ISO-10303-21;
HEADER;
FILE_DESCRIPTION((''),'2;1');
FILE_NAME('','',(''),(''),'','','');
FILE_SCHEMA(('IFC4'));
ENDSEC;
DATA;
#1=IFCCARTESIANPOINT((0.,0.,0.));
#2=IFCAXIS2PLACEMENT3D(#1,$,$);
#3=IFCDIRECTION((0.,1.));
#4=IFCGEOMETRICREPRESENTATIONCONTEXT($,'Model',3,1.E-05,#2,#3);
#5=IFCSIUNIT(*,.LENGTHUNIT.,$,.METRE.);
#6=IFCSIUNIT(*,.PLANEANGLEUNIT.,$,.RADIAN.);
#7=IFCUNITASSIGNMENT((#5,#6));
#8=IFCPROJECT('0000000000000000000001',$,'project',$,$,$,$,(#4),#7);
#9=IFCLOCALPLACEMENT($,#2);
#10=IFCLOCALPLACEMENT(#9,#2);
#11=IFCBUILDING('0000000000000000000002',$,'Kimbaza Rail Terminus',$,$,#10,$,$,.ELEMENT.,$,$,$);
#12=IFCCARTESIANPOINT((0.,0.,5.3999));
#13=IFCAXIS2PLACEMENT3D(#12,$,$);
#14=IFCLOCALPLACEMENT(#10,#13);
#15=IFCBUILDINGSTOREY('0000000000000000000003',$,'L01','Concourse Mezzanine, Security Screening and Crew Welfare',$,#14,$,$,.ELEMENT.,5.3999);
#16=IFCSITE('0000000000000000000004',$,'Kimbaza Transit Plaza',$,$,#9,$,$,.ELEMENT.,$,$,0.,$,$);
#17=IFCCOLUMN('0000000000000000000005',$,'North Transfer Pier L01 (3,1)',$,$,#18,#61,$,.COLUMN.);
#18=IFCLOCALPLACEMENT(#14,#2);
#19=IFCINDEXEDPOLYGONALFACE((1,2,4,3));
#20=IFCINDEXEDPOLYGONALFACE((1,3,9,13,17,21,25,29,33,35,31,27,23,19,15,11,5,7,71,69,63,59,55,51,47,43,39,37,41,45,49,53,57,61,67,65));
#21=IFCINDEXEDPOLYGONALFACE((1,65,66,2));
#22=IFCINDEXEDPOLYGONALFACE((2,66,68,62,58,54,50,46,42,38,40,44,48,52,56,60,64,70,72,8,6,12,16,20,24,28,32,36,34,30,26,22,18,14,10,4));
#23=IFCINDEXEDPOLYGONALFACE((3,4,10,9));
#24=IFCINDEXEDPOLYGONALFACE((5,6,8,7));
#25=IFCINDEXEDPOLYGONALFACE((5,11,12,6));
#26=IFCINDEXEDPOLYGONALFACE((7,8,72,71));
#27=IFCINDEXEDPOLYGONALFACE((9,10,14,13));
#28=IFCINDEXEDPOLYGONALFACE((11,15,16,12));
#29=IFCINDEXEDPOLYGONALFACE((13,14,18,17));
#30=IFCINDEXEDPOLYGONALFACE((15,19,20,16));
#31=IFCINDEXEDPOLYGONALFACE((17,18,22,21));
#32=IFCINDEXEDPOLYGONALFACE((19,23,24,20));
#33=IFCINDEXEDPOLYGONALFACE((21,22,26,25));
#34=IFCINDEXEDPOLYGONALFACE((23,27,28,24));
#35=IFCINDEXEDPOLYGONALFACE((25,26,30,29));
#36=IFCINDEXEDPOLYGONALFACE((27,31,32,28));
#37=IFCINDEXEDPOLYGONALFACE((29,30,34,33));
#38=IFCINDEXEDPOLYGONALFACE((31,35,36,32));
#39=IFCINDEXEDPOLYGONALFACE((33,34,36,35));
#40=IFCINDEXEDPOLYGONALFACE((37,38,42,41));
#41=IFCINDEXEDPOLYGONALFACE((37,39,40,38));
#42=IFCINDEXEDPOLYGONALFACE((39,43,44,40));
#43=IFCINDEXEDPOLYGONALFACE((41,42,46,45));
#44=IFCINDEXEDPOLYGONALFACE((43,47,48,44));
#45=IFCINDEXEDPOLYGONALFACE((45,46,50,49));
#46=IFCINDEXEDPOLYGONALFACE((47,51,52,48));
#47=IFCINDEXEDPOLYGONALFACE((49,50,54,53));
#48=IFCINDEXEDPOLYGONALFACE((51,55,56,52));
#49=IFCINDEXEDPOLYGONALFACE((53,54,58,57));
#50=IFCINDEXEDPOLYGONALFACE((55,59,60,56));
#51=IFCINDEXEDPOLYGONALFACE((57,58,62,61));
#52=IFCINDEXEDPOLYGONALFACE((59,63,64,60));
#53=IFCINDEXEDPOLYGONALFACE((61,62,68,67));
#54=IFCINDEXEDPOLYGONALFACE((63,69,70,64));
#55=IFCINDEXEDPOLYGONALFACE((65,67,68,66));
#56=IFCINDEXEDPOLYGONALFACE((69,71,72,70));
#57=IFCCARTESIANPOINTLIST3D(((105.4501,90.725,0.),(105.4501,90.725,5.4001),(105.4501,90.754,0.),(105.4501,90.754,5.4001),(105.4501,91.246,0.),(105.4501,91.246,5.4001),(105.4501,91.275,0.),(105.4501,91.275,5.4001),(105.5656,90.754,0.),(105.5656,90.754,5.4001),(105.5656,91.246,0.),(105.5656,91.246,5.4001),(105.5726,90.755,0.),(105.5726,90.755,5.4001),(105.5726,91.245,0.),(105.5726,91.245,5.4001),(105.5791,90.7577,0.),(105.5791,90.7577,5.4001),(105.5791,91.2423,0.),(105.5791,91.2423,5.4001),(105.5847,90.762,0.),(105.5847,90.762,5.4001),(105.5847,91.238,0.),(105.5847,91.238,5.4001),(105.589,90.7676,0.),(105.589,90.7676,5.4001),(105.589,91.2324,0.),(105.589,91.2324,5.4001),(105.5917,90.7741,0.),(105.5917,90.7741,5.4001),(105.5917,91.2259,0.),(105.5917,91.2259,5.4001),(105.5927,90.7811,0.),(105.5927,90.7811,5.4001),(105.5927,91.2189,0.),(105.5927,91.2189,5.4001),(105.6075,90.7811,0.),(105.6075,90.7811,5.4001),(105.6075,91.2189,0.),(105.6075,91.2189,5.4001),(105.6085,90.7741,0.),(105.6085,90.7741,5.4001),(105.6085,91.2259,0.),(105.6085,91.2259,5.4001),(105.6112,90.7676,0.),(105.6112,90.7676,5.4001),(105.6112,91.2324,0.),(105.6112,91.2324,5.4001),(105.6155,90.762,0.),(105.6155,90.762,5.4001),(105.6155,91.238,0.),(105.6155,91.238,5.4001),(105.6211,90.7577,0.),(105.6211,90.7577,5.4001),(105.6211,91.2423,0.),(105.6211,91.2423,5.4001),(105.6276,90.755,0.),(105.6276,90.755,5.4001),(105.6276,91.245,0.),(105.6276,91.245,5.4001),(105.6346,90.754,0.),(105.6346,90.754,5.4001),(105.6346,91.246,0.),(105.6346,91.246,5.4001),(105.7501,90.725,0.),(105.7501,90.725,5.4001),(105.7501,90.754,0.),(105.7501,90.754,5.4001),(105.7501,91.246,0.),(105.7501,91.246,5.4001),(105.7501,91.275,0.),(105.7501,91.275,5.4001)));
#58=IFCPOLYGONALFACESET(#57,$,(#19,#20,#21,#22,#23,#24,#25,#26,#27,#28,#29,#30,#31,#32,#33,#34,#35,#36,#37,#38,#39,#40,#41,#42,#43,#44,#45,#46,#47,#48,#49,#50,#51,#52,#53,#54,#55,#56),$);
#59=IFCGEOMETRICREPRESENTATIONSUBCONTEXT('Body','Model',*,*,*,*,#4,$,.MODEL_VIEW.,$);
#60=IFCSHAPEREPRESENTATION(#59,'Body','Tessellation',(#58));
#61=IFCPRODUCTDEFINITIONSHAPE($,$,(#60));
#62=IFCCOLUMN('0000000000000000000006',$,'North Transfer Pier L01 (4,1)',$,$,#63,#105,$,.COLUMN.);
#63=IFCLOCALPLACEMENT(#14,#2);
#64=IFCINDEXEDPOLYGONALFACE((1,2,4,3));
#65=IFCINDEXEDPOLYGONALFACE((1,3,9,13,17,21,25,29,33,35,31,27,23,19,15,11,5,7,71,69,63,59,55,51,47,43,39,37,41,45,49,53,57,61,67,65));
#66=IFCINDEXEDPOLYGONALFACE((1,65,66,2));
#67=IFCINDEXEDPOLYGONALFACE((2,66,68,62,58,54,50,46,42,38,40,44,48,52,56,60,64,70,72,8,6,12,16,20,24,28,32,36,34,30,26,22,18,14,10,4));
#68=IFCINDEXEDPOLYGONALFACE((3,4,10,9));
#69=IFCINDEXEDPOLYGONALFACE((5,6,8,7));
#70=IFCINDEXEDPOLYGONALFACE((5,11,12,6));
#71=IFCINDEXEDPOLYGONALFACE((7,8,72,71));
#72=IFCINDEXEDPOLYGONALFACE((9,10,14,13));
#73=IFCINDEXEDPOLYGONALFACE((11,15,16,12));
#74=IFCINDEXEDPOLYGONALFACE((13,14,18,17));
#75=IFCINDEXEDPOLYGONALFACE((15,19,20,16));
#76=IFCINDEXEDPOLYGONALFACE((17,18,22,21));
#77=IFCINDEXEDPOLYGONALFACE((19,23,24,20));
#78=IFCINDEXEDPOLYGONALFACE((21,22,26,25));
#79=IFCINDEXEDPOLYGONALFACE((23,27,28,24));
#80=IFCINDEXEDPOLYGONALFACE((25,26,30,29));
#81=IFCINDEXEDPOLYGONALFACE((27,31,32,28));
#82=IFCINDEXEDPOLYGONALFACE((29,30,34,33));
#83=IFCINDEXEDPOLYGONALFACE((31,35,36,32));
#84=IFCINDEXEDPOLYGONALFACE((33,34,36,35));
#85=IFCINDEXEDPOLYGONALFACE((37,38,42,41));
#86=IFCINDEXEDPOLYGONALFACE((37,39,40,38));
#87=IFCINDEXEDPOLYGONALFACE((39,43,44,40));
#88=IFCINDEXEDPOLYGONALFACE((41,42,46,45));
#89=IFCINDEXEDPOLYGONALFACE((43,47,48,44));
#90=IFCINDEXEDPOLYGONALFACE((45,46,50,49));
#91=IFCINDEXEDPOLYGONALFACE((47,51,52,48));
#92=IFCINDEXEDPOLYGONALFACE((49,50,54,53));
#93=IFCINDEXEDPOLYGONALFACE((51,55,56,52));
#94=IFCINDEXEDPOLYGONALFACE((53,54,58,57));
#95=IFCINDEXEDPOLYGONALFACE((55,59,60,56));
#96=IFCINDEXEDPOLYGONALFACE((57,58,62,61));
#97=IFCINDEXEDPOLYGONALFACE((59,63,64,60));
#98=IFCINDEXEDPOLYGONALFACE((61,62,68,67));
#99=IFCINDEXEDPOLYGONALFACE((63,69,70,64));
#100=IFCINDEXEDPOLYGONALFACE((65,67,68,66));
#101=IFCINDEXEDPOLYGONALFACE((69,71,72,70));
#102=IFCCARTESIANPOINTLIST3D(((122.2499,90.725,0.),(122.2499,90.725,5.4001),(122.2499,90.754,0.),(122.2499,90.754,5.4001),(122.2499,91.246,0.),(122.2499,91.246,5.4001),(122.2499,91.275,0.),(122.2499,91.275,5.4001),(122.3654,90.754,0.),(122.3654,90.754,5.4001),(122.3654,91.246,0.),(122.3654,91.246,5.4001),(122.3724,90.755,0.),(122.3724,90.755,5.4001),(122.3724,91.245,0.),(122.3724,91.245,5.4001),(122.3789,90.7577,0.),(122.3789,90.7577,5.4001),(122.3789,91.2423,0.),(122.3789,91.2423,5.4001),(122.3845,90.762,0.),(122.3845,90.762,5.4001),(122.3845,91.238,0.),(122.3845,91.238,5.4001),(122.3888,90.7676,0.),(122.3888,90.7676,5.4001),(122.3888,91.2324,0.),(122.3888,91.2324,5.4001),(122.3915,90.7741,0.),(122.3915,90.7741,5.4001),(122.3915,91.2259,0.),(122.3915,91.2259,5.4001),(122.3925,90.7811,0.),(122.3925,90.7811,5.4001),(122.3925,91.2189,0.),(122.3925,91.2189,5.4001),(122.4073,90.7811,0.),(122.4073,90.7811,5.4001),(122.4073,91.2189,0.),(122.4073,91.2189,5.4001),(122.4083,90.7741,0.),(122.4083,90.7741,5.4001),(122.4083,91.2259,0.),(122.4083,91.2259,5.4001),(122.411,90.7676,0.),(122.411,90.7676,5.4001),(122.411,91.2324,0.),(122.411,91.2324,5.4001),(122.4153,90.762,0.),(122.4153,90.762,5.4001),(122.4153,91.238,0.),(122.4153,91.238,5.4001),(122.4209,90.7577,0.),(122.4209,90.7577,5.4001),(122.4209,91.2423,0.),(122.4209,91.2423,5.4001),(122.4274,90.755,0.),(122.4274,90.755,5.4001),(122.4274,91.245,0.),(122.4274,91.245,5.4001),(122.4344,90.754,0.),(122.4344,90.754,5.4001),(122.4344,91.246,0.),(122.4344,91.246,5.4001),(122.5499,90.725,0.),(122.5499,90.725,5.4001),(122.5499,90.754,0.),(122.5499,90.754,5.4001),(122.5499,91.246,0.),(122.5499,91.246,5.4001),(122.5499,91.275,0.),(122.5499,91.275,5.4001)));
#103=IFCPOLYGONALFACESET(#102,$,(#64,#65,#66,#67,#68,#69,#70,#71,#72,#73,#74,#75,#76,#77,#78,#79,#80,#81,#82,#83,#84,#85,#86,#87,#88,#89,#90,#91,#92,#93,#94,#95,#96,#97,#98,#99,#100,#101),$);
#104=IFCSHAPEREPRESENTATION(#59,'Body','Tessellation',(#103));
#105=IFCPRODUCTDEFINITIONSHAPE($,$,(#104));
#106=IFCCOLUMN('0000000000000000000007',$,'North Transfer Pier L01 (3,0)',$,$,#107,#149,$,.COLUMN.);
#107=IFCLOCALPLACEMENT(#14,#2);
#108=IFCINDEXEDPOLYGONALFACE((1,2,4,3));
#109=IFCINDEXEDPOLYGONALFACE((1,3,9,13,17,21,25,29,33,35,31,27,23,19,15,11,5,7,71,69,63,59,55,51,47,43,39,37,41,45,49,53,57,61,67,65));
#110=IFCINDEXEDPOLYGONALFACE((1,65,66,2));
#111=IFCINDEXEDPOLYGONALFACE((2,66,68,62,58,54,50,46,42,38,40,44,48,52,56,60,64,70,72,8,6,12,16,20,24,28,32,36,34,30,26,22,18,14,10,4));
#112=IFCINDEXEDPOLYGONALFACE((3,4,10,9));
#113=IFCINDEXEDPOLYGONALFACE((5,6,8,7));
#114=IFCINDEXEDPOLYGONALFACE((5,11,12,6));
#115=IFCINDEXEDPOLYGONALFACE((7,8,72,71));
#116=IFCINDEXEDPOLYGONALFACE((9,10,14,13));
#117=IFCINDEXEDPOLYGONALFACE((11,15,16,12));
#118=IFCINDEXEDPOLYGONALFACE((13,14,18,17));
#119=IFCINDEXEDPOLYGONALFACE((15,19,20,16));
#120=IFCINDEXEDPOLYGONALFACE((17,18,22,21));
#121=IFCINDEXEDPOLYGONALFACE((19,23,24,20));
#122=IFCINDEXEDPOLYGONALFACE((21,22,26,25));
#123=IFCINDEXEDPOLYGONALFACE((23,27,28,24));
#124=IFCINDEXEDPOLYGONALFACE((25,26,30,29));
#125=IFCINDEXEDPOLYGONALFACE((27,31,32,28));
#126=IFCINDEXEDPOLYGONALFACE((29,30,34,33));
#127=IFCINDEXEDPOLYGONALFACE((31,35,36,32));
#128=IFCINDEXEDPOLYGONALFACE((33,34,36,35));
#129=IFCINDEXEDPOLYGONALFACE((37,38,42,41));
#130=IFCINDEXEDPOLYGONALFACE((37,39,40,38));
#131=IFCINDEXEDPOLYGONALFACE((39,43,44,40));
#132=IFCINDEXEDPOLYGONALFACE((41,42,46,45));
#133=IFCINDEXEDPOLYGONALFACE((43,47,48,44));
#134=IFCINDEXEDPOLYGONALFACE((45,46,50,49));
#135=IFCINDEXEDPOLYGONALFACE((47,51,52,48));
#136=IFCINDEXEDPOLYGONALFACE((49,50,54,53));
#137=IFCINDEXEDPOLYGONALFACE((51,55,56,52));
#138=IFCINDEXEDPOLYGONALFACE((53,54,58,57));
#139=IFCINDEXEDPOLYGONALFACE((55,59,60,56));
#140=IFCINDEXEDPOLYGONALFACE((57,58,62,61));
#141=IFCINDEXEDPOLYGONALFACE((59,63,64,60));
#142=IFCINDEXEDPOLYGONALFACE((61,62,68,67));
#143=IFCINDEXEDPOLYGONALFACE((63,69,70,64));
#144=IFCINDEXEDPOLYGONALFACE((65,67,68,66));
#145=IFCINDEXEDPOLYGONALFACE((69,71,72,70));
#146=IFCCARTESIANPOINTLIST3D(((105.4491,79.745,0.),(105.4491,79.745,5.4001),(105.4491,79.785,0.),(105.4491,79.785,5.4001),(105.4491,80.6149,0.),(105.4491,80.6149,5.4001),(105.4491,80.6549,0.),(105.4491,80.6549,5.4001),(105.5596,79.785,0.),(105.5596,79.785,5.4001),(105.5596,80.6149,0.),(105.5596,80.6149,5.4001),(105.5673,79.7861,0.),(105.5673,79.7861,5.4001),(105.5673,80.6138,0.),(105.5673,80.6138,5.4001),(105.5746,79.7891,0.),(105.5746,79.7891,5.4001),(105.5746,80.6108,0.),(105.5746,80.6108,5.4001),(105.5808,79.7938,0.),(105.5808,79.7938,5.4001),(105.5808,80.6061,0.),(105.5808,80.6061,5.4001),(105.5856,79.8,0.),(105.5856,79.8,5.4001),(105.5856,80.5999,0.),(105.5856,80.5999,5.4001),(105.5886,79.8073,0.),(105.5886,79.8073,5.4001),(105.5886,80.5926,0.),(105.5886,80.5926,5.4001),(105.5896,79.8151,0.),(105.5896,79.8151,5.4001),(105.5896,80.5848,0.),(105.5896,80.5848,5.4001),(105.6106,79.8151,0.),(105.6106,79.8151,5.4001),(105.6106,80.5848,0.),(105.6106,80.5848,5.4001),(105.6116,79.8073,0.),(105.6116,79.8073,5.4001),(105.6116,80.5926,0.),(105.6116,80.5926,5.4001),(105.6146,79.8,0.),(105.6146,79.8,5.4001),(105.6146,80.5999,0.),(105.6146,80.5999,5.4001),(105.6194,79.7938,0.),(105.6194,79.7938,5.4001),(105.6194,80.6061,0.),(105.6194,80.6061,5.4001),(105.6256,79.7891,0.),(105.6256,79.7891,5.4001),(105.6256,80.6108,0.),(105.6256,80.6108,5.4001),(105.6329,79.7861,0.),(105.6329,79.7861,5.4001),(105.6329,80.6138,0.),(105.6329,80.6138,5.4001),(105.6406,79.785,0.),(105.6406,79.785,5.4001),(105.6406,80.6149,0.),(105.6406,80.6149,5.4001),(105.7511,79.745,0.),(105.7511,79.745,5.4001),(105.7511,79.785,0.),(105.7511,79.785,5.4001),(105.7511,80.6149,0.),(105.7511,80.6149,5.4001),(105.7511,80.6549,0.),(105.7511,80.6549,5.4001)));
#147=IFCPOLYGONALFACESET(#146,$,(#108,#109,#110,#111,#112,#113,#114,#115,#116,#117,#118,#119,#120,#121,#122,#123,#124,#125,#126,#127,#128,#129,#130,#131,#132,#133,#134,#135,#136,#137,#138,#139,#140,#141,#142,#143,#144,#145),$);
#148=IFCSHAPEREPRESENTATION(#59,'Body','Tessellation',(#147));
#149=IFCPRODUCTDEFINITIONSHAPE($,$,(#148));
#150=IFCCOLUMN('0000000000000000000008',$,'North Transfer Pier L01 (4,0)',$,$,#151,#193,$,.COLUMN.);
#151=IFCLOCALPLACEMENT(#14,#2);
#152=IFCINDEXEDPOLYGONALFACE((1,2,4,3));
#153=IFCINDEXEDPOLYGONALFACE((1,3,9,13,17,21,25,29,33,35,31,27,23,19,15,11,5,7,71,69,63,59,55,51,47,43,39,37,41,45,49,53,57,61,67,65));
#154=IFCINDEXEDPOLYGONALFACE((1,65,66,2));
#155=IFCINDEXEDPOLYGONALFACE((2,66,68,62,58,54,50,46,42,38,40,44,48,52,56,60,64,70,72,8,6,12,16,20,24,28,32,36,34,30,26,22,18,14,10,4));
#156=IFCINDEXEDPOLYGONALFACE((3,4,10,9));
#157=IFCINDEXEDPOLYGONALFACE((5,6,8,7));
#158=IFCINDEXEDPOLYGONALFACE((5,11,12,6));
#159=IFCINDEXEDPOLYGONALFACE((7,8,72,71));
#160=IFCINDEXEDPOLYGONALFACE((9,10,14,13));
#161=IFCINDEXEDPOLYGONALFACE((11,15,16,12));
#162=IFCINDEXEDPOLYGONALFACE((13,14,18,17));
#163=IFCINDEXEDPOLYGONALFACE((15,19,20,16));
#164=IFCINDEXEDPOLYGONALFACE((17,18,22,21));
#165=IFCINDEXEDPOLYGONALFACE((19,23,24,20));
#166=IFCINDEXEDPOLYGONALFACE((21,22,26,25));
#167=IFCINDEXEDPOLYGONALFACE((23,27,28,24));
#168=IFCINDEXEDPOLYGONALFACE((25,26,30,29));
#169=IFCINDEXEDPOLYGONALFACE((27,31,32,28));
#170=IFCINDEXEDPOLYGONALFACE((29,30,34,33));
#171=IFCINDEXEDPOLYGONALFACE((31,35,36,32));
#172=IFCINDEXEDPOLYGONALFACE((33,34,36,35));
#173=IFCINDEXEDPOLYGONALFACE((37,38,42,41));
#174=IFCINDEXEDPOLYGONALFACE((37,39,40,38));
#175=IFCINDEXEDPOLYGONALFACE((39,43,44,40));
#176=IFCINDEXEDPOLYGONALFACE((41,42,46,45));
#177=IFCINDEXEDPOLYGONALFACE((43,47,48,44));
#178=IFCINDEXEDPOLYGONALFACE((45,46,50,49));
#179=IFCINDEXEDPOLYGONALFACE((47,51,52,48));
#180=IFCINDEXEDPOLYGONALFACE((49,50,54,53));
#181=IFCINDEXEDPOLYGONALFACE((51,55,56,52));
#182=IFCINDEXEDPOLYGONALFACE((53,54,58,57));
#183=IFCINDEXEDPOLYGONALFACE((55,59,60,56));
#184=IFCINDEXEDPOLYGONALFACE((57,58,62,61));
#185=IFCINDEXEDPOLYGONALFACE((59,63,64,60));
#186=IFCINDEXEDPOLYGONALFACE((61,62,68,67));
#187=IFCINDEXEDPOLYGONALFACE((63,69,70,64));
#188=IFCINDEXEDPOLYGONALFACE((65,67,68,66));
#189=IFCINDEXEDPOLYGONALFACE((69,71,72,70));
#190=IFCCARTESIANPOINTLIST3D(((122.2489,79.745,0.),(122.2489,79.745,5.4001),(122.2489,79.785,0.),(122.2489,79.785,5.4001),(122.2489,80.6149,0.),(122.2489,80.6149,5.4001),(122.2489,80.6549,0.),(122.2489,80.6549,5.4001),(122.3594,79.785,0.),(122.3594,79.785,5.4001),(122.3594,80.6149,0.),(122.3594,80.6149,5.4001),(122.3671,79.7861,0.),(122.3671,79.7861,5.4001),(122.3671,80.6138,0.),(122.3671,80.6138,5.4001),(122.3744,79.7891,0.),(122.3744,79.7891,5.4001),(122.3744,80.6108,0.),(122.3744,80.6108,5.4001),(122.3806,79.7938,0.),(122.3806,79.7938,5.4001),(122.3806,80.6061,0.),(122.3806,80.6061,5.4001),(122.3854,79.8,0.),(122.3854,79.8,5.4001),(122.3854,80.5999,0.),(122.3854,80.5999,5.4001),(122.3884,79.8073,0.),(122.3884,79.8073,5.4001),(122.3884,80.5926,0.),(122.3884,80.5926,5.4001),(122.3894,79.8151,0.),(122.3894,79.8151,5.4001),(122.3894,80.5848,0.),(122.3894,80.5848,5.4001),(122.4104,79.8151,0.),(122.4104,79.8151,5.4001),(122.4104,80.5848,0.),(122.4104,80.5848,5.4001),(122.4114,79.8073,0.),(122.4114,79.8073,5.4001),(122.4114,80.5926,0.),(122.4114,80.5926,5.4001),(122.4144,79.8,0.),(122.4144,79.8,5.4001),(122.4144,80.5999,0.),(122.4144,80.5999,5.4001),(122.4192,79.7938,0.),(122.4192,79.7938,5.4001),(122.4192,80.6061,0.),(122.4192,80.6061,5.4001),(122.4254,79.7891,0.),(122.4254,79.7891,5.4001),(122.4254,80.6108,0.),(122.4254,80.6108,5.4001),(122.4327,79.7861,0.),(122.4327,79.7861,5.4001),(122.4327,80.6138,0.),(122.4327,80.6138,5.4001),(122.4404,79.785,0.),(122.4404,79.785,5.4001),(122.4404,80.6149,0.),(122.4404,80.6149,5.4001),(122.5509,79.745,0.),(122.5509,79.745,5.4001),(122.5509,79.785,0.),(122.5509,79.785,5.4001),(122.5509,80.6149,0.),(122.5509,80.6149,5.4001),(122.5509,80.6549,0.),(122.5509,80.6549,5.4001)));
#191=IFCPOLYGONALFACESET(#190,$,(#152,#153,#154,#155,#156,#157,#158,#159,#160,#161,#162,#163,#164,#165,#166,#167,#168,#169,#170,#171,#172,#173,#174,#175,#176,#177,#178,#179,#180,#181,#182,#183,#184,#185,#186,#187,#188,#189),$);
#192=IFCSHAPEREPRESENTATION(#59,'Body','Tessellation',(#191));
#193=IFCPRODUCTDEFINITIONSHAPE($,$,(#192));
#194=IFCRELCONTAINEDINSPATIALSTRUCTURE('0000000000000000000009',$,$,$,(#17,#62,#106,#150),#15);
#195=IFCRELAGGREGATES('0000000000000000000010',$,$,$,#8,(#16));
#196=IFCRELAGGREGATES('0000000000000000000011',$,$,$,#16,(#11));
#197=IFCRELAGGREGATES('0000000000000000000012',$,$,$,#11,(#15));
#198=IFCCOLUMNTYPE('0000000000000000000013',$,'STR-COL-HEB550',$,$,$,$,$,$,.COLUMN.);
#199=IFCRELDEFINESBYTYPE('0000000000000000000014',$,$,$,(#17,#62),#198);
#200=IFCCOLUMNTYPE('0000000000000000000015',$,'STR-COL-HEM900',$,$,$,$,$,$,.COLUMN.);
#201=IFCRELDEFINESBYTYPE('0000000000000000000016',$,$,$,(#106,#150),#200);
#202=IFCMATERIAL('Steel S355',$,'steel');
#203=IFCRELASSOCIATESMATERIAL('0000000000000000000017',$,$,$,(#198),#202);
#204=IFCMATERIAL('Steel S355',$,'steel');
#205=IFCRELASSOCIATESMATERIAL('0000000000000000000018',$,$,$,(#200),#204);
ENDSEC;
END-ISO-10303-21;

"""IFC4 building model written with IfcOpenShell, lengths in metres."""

from ifc_helpers import new_model, si_unit, direction, frame, origin, origin_2d, place, context, subcontext, project, spatial, i_section, extrude, material, material_profile, profile_set, type_object, element, save


model = new_model("IFC4")

# Units and contexts
model_context = context("Model", 3, precision=1e-05, world=origin(), true_north=direction((0.0, 1.0)))
body_context = subcontext(model_context, "Body", "Model", "MODEL_VIEW")
ifc_project = project(units=[si_unit("LENGTHUNIT", "METRE"), si_unit("PLANEANGLEUNIT", "RADIAN")], contexts=[model_context])

# Site, building, storey
site_placement = place(None, origin())
site = spatial("IfcSite", under=ifc_project, at=site_placement, Name="Kimbaza Transit Plaza", CompositionType="ELEMENT", RefElevation=0.0)
building_placement = place(site_placement, origin())
building = spatial("IfcBuilding", under=site, at=building_placement, Name="Kimbaza Rail Terminus", CompositionType="ELEMENT")
storey_placement = place(building_placement, frame((0.0, 0.0, 5.3999)))
storey = spatial("IfcBuildingStorey", under=building, at=storey_placement, Name="L01", Description="Concourse Mezzanine, Security Screening and Crew Welfare", CompositionType="ELEMENT", Elevation=5.3999)

# Columns
ifc_material_1 = material(Name="Steel S355", Category="steel")
ifc_material_profile_1 = material_profile(ifc_material_1, i_section(OverallWidth=0.3, OverallDepth=0.55, WebThickness=0.0149, FlangeThickness=0.0291, FilletRadius=0.0271, at=origin_2d()), Name="HEB 550")
ifc_profile_set_1 = profile_set([ifc_material_profile_1], Name="Steel S355")
column_type_1 = type_object("IfcColumnType", Name="STR-COL-HEB550", PredefinedType="COLUMN", material=ifc_profile_set_1)
for number, where, z_axis, x_axis, name in (
    (1, (105.6001, 91.0, 0.0), (0.0, 0.0, 1.0), (1.0, 0.0, 0.0), "North Transfer Pier L01 (3,1)"),
    (2, (122.3999, 91.0, 0.0), (0.0, 0.0, 1.0), (1.0, 0.0, 0.0), "North Transfer Pier L01 (4,1)"),
):
    element("IfcColumn", number, at=place(storey_placement, frame(where, z_axis=z_axis, x_axis=x_axis)), inside=storey, type_object=column_type_1, Name=name, PredefinedType="COLUMN", context=body_context, shape_type="SweptSolid", body=[
        extrude(i_section(OverallWidth=0.3, OverallDepth=0.55, WebThickness=0.0149, FlangeThickness=0.0291, FilletRadius=0.0271, at=origin_2d()), origin(), (0.0, 0.0, 1.0), 5.4001),
    ])
ifc_material_2 = material(Name="Steel S355", Category="steel")
ifc_material_profile_2 = material_profile(ifc_material_2, i_section(OverallWidth=0.302, OverallDepth=0.9099, WebThickness=0.021, FlangeThickness=0.04, FilletRadius=0.03, at=origin_2d()), Name="HEM 900")
ifc_profile_set_2 = profile_set([ifc_material_profile_2], Name="Steel S355")
column_type_2 = type_object("IfcColumnType", Name="STR-COL-HEM900", PredefinedType="COLUMN", material=ifc_profile_set_2)
for number, where, z_axis, x_axis, name in (
    (3, (105.6001, 80.2, 0.0), (0.0, 0.0, 1.0), (1.0, 0.0, 0.0), "North Transfer Pier L01 (3,0)"),
    (4, (122.3999, 80.2, 0.0), (0.0, 0.0, 1.0), (1.0, 0.0, 0.0), "North Transfer Pier L01 (4,0)"),
):
    element("IfcColumn", number, at=place(storey_placement, frame(where, z_axis=z_axis, x_axis=x_axis)), inside=storey, type_object=column_type_2, Name=name, PredefinedType="COLUMN", context=body_context, shape_type="SweptSolid", body=[
        extrude(i_section(OverallWidth=0.302, OverallDepth=0.9099, WebThickness=0.021, FlangeThickness=0.04, FilletRadius=0.03, at=origin_2d()), origin(), (0.0, 0.0, 1.0), 5.4001),
    ])

save(model, "model.ifc")
